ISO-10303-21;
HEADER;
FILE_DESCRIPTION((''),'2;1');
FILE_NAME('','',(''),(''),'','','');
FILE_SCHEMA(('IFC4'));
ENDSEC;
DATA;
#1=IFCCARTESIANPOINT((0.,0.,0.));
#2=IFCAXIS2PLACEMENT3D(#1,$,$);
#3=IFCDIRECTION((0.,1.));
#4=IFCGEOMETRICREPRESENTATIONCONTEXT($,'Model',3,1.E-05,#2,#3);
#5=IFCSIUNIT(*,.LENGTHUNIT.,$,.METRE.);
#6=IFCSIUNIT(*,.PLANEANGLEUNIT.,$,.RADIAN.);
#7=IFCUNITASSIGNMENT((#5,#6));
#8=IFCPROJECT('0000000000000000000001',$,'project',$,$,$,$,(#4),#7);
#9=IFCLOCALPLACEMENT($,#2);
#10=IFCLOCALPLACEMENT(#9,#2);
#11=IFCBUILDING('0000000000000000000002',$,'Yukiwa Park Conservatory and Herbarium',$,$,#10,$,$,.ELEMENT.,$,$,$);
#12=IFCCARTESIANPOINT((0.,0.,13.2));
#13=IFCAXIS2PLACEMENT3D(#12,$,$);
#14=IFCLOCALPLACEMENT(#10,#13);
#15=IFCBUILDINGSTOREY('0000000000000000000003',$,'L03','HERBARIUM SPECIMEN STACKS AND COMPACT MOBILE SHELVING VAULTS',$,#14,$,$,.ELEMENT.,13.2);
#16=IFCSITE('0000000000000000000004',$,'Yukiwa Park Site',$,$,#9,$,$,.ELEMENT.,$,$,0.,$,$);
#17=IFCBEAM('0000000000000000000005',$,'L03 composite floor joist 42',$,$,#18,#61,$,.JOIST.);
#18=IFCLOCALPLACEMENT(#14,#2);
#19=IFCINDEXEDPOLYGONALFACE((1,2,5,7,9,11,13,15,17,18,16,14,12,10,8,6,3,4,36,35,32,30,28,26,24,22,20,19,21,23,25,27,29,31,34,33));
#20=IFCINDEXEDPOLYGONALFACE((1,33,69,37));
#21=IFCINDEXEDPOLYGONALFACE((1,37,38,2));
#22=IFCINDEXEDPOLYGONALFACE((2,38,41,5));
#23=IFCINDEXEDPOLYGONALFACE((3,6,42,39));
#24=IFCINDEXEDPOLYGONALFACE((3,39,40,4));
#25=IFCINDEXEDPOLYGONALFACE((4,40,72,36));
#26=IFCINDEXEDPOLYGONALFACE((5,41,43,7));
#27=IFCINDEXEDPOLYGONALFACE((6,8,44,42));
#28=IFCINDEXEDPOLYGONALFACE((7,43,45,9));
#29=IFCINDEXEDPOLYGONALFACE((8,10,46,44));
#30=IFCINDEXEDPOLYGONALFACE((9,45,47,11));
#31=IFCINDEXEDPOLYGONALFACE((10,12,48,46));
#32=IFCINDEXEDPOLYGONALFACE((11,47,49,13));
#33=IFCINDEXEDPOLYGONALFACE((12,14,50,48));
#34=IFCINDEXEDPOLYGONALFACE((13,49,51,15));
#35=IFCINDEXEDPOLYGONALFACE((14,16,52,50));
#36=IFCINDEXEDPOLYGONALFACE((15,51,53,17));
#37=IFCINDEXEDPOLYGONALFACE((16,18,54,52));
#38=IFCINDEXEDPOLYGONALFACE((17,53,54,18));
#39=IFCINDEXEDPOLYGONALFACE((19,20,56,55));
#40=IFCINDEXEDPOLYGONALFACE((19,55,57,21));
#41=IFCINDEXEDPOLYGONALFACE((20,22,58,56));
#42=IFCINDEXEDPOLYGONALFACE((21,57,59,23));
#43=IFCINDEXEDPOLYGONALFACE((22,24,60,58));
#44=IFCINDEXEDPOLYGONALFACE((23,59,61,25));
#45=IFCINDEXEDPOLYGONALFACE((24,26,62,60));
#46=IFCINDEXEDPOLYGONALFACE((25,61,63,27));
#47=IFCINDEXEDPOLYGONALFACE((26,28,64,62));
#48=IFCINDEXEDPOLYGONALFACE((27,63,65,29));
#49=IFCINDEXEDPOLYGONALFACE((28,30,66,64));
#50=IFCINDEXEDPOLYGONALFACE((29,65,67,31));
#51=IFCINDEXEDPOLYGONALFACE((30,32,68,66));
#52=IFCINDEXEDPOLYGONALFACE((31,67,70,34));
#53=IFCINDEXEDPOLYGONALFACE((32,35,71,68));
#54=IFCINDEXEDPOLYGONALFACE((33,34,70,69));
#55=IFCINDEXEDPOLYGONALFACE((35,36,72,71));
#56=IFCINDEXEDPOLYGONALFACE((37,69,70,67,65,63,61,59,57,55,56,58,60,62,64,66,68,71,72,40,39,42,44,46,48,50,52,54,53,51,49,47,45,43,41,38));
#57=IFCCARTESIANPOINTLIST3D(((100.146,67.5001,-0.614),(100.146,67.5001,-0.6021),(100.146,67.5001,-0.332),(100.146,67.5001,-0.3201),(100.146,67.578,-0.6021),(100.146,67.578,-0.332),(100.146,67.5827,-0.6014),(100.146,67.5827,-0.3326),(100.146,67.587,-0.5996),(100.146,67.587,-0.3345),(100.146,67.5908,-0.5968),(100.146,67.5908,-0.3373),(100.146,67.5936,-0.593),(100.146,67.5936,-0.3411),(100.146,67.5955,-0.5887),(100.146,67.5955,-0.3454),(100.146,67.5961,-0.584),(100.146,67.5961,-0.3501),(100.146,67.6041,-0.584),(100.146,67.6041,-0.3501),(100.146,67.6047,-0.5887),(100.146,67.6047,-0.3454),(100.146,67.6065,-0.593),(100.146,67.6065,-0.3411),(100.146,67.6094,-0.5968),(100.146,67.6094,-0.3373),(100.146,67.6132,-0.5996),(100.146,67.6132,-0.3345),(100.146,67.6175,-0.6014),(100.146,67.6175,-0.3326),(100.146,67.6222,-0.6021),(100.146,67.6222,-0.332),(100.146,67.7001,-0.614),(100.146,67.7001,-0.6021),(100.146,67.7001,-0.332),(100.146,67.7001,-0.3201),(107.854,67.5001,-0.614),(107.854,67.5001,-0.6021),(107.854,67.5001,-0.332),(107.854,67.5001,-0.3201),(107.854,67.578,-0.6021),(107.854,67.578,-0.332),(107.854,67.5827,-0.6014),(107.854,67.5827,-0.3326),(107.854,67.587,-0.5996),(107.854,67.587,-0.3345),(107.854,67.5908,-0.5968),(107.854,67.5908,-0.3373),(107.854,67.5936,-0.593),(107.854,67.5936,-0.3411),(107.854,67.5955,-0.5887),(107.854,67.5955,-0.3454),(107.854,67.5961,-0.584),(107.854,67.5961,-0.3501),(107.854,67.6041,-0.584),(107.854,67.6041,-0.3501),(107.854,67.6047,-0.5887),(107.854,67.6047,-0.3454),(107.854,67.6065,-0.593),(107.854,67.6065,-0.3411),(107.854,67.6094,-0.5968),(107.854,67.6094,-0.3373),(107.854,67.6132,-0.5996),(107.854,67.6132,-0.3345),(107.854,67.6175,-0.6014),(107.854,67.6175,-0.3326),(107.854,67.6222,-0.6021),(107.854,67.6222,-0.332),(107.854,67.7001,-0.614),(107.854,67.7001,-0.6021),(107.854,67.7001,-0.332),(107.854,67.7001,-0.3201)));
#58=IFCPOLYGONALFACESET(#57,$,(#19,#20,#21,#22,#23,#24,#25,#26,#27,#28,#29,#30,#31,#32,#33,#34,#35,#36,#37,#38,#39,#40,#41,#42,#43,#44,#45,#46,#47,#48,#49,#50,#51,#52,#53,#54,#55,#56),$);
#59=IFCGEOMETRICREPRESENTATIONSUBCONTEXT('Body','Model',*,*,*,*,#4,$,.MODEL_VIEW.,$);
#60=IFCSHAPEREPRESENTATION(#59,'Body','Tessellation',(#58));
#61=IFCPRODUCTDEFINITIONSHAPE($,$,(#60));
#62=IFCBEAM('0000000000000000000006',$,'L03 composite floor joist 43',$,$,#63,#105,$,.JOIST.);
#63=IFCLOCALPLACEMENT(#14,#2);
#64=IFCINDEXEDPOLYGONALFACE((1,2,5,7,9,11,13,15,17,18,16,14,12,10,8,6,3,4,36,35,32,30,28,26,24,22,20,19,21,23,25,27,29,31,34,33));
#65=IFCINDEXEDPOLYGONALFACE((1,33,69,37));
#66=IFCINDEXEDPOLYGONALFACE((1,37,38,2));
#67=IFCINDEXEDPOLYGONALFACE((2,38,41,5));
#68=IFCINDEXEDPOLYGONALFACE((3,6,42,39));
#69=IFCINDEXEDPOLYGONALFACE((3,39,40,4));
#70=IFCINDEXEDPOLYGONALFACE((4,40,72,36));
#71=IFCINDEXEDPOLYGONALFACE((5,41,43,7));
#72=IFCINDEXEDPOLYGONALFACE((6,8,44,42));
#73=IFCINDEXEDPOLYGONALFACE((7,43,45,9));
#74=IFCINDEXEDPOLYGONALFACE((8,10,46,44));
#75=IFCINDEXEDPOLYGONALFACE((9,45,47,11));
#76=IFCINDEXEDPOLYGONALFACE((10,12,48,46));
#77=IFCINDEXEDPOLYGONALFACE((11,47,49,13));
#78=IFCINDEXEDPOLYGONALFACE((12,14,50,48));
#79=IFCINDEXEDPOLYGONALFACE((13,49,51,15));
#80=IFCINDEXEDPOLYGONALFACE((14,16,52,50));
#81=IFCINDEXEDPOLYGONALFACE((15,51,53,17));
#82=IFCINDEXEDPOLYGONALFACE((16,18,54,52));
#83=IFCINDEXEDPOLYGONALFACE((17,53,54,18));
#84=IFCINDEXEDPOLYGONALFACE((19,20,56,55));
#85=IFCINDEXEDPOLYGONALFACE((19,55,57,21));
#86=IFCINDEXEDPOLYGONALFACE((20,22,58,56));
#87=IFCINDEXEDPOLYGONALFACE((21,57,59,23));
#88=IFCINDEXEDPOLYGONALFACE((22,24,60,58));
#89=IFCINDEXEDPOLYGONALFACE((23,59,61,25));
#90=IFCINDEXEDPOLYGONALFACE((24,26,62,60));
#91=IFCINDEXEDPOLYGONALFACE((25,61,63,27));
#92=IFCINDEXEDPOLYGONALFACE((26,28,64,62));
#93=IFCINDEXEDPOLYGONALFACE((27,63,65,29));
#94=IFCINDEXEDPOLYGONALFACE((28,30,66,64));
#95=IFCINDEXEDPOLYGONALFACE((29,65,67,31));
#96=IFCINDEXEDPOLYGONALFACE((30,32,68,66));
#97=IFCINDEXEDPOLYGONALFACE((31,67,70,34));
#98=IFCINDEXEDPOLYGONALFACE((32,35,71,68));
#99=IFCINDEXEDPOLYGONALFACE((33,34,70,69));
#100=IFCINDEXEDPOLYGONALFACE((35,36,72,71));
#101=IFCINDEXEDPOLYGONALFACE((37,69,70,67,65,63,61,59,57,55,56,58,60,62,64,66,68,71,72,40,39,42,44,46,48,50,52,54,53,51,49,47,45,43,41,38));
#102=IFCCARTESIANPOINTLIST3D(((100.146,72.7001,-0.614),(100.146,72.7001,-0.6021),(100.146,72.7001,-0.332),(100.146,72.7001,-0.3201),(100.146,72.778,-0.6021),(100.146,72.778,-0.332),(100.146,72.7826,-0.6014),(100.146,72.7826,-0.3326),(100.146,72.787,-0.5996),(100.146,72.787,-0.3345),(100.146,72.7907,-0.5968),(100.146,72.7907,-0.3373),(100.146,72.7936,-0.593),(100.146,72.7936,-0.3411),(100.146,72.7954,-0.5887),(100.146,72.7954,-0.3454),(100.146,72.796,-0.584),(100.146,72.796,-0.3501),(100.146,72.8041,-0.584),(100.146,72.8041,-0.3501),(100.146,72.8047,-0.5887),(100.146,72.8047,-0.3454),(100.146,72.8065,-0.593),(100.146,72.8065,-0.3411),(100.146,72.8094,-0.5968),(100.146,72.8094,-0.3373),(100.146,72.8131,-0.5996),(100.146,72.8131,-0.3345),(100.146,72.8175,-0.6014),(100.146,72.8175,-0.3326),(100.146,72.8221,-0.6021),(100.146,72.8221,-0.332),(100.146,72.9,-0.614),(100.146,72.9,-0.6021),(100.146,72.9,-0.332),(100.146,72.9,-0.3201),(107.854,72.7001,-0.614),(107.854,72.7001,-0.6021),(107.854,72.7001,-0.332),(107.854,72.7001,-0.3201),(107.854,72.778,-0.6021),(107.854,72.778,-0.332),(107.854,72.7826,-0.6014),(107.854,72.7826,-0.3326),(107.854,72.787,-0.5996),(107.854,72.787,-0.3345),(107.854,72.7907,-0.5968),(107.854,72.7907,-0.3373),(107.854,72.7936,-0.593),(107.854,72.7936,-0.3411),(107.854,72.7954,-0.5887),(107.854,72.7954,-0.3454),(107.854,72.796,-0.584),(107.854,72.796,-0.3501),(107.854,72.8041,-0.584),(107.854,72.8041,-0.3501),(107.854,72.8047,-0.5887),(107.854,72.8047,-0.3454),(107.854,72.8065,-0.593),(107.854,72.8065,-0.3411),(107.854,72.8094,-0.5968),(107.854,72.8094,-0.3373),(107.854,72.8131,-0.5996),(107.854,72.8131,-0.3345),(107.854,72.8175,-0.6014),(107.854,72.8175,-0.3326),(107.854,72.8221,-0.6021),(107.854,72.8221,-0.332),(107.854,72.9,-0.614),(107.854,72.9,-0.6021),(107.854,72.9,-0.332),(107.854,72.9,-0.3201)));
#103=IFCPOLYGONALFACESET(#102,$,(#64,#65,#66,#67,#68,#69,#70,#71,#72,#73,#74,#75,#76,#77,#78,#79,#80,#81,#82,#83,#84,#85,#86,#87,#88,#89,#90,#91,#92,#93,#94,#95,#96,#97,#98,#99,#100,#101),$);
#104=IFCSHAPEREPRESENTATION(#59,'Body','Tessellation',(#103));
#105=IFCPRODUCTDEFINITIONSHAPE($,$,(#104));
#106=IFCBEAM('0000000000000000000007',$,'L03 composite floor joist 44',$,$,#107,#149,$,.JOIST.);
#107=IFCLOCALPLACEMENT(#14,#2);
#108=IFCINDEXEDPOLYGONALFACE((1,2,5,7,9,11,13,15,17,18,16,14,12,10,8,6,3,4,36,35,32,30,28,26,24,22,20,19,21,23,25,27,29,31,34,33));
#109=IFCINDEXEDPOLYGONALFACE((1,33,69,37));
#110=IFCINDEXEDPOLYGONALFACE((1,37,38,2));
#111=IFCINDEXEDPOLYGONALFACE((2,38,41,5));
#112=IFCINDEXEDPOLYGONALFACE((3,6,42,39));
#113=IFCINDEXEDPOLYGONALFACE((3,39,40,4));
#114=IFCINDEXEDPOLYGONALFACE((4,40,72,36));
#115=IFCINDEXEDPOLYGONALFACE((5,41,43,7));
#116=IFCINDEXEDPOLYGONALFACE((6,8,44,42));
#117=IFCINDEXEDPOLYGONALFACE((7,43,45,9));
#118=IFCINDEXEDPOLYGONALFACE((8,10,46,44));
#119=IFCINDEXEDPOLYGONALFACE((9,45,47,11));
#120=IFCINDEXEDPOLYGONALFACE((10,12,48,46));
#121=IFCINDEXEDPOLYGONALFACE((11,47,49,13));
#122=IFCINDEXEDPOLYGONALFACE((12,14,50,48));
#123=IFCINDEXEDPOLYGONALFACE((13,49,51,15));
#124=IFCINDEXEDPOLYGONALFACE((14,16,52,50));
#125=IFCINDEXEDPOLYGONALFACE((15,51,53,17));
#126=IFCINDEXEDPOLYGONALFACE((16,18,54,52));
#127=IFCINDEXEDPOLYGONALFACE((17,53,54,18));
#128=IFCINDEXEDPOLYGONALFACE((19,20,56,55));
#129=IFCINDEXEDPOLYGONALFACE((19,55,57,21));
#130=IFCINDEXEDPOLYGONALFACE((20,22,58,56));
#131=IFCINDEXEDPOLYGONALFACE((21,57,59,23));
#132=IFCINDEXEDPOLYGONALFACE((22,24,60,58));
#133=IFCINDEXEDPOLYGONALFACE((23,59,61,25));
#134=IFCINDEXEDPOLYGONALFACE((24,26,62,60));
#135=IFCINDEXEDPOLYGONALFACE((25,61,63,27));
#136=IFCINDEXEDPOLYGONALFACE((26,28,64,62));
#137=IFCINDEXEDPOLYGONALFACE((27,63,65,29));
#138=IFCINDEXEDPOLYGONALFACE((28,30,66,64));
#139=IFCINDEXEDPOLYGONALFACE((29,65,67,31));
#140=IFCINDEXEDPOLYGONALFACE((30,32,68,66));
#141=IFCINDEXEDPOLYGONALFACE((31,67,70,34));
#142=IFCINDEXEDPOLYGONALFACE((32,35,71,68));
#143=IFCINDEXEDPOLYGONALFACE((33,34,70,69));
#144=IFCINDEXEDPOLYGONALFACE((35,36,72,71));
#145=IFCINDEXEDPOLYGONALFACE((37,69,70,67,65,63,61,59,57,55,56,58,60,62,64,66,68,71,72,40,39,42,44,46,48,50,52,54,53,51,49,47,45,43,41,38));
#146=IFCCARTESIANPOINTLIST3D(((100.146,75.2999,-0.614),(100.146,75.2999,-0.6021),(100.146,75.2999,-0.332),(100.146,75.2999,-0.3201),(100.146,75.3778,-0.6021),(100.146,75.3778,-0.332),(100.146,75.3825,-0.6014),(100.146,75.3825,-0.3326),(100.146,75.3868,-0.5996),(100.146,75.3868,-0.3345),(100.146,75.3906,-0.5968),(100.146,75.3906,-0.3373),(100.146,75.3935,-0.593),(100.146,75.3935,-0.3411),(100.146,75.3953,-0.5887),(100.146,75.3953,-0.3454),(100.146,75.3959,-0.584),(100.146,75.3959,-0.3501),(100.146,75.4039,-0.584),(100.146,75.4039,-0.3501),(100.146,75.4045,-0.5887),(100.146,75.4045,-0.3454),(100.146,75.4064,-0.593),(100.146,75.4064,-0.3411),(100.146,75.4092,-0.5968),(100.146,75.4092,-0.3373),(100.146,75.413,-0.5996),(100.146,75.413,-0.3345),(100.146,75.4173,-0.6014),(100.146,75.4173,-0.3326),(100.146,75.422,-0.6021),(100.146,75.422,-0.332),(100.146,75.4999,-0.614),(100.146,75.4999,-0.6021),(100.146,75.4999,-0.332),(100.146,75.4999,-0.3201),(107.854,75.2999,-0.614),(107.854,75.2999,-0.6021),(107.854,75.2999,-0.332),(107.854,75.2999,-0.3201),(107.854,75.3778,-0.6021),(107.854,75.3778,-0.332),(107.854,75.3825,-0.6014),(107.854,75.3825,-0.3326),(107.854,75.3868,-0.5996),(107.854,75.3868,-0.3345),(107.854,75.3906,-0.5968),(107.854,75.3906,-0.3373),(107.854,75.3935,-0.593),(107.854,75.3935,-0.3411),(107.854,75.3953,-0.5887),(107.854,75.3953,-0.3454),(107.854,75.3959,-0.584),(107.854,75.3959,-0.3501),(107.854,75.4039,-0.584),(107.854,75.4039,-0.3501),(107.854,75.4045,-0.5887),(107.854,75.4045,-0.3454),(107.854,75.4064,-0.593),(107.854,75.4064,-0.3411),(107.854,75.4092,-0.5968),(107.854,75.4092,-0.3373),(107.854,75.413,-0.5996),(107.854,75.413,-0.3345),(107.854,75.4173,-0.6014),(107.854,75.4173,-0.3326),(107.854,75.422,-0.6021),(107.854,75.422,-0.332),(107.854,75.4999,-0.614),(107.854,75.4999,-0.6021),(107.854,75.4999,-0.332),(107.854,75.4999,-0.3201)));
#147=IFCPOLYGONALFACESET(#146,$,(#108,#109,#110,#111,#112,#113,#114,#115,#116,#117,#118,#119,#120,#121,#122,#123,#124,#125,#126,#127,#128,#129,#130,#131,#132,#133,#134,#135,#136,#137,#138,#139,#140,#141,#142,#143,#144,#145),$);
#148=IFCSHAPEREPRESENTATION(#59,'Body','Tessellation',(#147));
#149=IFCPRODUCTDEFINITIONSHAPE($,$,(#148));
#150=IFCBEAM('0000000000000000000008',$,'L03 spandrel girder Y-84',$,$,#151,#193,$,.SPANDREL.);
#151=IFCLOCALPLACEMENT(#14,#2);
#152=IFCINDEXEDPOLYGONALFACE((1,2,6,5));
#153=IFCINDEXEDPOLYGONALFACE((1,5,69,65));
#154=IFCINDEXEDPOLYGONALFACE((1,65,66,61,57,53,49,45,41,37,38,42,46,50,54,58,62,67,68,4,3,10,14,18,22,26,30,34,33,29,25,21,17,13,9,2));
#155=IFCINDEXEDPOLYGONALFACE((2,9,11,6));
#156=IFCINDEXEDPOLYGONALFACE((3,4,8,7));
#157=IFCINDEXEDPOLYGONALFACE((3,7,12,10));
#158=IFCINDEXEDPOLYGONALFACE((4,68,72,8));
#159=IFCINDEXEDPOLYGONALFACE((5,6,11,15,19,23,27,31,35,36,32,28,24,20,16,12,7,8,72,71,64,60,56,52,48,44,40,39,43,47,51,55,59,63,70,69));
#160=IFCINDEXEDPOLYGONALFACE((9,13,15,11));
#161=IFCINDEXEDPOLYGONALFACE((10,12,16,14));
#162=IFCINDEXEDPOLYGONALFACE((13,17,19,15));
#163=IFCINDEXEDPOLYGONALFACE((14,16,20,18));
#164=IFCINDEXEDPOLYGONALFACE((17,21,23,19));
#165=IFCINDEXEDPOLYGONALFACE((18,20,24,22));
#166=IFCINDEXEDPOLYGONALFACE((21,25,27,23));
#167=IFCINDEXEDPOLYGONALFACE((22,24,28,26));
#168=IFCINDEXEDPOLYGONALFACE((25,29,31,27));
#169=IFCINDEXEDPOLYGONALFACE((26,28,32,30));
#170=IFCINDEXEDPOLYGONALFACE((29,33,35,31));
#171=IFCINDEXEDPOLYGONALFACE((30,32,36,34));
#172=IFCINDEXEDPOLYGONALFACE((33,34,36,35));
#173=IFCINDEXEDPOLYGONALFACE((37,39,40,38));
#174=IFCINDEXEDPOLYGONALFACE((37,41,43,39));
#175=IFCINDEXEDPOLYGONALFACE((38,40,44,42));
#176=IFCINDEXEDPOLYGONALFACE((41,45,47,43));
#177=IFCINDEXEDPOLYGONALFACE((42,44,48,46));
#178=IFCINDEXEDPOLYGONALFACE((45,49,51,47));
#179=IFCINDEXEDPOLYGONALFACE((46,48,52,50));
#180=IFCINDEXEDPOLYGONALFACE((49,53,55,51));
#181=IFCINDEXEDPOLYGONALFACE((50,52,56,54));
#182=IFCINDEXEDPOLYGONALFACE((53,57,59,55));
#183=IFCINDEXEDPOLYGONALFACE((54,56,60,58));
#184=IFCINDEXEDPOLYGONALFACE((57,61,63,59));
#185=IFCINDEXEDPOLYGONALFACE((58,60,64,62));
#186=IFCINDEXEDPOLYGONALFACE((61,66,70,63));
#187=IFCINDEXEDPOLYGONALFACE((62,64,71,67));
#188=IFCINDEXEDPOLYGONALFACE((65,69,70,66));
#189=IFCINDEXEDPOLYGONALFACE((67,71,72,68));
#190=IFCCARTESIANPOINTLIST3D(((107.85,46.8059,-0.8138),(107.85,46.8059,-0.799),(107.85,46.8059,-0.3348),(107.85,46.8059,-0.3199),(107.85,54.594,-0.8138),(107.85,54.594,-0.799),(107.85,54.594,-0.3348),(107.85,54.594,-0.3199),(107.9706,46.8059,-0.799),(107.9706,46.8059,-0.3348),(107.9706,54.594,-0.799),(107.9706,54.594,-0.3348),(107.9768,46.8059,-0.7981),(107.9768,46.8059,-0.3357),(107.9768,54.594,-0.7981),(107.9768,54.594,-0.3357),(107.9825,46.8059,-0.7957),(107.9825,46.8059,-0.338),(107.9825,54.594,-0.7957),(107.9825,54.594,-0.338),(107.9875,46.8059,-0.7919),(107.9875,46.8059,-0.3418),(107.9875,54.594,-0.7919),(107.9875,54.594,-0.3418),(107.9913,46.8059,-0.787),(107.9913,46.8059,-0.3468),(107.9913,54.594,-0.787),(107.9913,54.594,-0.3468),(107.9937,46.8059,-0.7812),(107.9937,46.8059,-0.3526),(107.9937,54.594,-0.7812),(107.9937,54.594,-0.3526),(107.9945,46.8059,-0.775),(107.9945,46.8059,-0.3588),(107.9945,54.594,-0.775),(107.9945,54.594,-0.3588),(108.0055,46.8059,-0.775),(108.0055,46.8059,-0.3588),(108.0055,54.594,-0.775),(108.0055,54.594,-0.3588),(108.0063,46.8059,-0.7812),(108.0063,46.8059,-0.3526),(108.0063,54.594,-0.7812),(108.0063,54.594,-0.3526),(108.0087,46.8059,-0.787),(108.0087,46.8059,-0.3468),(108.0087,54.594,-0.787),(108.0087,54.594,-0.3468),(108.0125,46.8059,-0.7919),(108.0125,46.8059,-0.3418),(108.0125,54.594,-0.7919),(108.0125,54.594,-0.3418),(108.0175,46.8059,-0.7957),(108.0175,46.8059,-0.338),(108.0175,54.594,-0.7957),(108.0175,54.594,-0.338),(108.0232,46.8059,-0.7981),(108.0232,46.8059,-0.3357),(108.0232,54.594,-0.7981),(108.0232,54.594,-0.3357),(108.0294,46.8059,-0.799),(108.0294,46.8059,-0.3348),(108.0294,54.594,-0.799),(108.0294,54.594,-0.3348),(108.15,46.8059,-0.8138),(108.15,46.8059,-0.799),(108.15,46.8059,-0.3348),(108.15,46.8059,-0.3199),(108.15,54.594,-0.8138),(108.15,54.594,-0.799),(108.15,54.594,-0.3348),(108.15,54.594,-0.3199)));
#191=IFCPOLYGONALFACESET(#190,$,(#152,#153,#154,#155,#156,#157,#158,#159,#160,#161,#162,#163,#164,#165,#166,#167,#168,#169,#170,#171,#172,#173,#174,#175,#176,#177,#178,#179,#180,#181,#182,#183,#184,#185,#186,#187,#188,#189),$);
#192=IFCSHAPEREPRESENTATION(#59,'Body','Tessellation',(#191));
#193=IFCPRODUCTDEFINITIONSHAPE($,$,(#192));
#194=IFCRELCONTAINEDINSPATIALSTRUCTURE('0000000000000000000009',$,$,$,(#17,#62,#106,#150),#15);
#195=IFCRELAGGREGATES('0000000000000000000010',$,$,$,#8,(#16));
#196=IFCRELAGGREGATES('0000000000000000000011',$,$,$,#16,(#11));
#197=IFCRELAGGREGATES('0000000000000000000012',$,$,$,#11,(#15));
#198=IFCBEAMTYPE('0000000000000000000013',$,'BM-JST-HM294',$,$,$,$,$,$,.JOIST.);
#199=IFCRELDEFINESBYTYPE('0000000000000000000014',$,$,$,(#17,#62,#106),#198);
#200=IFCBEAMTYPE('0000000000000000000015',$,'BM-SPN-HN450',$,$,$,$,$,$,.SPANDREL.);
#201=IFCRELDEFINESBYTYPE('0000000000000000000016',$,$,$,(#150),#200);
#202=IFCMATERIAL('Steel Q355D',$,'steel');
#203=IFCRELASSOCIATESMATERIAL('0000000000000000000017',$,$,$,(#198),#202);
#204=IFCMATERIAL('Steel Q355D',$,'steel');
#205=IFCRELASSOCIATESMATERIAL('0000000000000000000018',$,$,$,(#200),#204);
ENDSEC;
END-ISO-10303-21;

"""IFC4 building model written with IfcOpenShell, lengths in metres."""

from ifc_helpers import new_model, si_unit, direction, frame, origin, origin_2d, place, context, subcontext, project, spatial, i_section, extrude, material, material_profile, profile_set, type_object, element, save


model = new_model("IFC4")

# Units and contexts
model_context = context("Model", 3, precision=1e-05, world=origin(), true_north=direction((0.0, 1.0)))
body_context = subcontext(model_context, "Body", "Model", "MODEL_VIEW")
ifc_project = project(units=[si_unit("LENGTHUNIT", "METRE"), si_unit("PLANEANGLEUNIT", "RADIAN")], contexts=[model_context])

# Site, building, storey
site_placement = place(None, origin())
site = spatial("IfcSite", under=ifc_project, at=site_placement, Name="Yukiwa Park Site", CompositionType="ELEMENT", RefElevation=0.0)
building_placement = place(site_placement, origin())
building = spatial("IfcBuilding", under=site, at=building_placement, Name="Yukiwa Park Conservatory and Herbarium", CompositionType="ELEMENT")
storey_placement = place(building_placement, frame((0.0, 0.0, 13.2)))
storey = spatial("IfcBuildingStorey", under=building, at=storey_placement, Name="L03", Description="HERBARIUM SPECIMEN STACKS AND COMPACT MOBILE SHELVING VAULTS", CompositionType="ELEMENT", Elevation=13.2)

# Beams
ifc_material_1 = material(Name="Steel Q355D", Category="steel")
ifc_material_profile_1 = material_profile(ifc_material_1, i_section(OverallWidth=0.2, OverallDepth=0.2939, WebThickness=0.0081, FlangeThickness=0.012, FilletRadius=0.0181, at=origin_2d()), Name="HM 294x200x8x12")
ifc_profile_set_1 = profile_set([ifc_material_profile_1], Name="Steel Q355D")
beam_type_1 = type_object("IfcBeamType", Name="BM-JST-HM294", PredefinedType="JOIST", material=ifc_profile_set_1)
for number, where, z_axis, x_axis, name in (
    (1, (100.146, 67.6001, -0.467), (1.0, 0.0, 0.0), (0.0, 1.0, 0.0), "L03 composite floor joist 42"),
    (2, (100.146, 72.8, -0.467), (1.0, 0.0, 0.0), (0.0, 1.0, 0.0), "L03 composite floor joist 43"),
    (3, (100.146, 75.3999, -0.467), (1.0, 0.0, 0.0), (0.0, 1.0, 0.0), "L03 composite floor joist 44"),
):
    element("IfcBeam", number, at=place(storey_placement, frame(where, z_axis=z_axis, x_axis=x_axis)), inside=storey, type_object=beam_type_1, Name=name, PredefinedType="JOIST", context=body_context, shape_type="SweptSolid", body=[
        extrude(i_section(OverallWidth=0.2, OverallDepth=0.2939, WebThickness=0.0081, FlangeThickness=0.012, FilletRadius=0.0181, at=origin_2d()), origin(), (0.0, 0.0, 1.0), 7.708),
    ])
ifc_material_2 = material(Name="Steel Q355D", Category="steel")
ifc_material_profile_2 = material_profile(ifc_material_2, i_section(OverallWidth=0.3, OverallDepth=0.4939, WebThickness=0.011, FlangeThickness=0.0149, FilletRadius=0.0239, at=origin_2d()), Name="HM 494x300x11x15")
ifc_profile_set_2 = profile_set([ifc_material_profile_2], Name="Steel Q355D")
beam_type_2 = type_object("IfcBeamType", Name="BM-SPN-HN450", PredefinedType="SPANDREL", material=ifc_profile_set_2)
for number, where, z_axis, x_axis, name in (
    (4, (108.0, 46.8059, -0.5669), (0.0, 1.0, 0.0), (-1.0, 0.0, 0.0), "L03 spandrel girder Y-84"),
):
    element("IfcBeam", number, at=place(storey_placement, frame(where, z_axis=z_axis, x_axis=x_axis)), inside=storey, type_object=beam_type_2, Name=name, PredefinedType="SPANDREL", context=body_context, shape_type="SweptSolid", body=[
        extrude(i_section(OverallWidth=0.3, OverallDepth=0.4939, WebThickness=0.011, FlangeThickness=0.0149, FilletRadius=0.0239, at=origin_2d()), origin(), (0.0, 0.0, 1.0), 7.7881),
    ])

save(model, "model.ifc")
